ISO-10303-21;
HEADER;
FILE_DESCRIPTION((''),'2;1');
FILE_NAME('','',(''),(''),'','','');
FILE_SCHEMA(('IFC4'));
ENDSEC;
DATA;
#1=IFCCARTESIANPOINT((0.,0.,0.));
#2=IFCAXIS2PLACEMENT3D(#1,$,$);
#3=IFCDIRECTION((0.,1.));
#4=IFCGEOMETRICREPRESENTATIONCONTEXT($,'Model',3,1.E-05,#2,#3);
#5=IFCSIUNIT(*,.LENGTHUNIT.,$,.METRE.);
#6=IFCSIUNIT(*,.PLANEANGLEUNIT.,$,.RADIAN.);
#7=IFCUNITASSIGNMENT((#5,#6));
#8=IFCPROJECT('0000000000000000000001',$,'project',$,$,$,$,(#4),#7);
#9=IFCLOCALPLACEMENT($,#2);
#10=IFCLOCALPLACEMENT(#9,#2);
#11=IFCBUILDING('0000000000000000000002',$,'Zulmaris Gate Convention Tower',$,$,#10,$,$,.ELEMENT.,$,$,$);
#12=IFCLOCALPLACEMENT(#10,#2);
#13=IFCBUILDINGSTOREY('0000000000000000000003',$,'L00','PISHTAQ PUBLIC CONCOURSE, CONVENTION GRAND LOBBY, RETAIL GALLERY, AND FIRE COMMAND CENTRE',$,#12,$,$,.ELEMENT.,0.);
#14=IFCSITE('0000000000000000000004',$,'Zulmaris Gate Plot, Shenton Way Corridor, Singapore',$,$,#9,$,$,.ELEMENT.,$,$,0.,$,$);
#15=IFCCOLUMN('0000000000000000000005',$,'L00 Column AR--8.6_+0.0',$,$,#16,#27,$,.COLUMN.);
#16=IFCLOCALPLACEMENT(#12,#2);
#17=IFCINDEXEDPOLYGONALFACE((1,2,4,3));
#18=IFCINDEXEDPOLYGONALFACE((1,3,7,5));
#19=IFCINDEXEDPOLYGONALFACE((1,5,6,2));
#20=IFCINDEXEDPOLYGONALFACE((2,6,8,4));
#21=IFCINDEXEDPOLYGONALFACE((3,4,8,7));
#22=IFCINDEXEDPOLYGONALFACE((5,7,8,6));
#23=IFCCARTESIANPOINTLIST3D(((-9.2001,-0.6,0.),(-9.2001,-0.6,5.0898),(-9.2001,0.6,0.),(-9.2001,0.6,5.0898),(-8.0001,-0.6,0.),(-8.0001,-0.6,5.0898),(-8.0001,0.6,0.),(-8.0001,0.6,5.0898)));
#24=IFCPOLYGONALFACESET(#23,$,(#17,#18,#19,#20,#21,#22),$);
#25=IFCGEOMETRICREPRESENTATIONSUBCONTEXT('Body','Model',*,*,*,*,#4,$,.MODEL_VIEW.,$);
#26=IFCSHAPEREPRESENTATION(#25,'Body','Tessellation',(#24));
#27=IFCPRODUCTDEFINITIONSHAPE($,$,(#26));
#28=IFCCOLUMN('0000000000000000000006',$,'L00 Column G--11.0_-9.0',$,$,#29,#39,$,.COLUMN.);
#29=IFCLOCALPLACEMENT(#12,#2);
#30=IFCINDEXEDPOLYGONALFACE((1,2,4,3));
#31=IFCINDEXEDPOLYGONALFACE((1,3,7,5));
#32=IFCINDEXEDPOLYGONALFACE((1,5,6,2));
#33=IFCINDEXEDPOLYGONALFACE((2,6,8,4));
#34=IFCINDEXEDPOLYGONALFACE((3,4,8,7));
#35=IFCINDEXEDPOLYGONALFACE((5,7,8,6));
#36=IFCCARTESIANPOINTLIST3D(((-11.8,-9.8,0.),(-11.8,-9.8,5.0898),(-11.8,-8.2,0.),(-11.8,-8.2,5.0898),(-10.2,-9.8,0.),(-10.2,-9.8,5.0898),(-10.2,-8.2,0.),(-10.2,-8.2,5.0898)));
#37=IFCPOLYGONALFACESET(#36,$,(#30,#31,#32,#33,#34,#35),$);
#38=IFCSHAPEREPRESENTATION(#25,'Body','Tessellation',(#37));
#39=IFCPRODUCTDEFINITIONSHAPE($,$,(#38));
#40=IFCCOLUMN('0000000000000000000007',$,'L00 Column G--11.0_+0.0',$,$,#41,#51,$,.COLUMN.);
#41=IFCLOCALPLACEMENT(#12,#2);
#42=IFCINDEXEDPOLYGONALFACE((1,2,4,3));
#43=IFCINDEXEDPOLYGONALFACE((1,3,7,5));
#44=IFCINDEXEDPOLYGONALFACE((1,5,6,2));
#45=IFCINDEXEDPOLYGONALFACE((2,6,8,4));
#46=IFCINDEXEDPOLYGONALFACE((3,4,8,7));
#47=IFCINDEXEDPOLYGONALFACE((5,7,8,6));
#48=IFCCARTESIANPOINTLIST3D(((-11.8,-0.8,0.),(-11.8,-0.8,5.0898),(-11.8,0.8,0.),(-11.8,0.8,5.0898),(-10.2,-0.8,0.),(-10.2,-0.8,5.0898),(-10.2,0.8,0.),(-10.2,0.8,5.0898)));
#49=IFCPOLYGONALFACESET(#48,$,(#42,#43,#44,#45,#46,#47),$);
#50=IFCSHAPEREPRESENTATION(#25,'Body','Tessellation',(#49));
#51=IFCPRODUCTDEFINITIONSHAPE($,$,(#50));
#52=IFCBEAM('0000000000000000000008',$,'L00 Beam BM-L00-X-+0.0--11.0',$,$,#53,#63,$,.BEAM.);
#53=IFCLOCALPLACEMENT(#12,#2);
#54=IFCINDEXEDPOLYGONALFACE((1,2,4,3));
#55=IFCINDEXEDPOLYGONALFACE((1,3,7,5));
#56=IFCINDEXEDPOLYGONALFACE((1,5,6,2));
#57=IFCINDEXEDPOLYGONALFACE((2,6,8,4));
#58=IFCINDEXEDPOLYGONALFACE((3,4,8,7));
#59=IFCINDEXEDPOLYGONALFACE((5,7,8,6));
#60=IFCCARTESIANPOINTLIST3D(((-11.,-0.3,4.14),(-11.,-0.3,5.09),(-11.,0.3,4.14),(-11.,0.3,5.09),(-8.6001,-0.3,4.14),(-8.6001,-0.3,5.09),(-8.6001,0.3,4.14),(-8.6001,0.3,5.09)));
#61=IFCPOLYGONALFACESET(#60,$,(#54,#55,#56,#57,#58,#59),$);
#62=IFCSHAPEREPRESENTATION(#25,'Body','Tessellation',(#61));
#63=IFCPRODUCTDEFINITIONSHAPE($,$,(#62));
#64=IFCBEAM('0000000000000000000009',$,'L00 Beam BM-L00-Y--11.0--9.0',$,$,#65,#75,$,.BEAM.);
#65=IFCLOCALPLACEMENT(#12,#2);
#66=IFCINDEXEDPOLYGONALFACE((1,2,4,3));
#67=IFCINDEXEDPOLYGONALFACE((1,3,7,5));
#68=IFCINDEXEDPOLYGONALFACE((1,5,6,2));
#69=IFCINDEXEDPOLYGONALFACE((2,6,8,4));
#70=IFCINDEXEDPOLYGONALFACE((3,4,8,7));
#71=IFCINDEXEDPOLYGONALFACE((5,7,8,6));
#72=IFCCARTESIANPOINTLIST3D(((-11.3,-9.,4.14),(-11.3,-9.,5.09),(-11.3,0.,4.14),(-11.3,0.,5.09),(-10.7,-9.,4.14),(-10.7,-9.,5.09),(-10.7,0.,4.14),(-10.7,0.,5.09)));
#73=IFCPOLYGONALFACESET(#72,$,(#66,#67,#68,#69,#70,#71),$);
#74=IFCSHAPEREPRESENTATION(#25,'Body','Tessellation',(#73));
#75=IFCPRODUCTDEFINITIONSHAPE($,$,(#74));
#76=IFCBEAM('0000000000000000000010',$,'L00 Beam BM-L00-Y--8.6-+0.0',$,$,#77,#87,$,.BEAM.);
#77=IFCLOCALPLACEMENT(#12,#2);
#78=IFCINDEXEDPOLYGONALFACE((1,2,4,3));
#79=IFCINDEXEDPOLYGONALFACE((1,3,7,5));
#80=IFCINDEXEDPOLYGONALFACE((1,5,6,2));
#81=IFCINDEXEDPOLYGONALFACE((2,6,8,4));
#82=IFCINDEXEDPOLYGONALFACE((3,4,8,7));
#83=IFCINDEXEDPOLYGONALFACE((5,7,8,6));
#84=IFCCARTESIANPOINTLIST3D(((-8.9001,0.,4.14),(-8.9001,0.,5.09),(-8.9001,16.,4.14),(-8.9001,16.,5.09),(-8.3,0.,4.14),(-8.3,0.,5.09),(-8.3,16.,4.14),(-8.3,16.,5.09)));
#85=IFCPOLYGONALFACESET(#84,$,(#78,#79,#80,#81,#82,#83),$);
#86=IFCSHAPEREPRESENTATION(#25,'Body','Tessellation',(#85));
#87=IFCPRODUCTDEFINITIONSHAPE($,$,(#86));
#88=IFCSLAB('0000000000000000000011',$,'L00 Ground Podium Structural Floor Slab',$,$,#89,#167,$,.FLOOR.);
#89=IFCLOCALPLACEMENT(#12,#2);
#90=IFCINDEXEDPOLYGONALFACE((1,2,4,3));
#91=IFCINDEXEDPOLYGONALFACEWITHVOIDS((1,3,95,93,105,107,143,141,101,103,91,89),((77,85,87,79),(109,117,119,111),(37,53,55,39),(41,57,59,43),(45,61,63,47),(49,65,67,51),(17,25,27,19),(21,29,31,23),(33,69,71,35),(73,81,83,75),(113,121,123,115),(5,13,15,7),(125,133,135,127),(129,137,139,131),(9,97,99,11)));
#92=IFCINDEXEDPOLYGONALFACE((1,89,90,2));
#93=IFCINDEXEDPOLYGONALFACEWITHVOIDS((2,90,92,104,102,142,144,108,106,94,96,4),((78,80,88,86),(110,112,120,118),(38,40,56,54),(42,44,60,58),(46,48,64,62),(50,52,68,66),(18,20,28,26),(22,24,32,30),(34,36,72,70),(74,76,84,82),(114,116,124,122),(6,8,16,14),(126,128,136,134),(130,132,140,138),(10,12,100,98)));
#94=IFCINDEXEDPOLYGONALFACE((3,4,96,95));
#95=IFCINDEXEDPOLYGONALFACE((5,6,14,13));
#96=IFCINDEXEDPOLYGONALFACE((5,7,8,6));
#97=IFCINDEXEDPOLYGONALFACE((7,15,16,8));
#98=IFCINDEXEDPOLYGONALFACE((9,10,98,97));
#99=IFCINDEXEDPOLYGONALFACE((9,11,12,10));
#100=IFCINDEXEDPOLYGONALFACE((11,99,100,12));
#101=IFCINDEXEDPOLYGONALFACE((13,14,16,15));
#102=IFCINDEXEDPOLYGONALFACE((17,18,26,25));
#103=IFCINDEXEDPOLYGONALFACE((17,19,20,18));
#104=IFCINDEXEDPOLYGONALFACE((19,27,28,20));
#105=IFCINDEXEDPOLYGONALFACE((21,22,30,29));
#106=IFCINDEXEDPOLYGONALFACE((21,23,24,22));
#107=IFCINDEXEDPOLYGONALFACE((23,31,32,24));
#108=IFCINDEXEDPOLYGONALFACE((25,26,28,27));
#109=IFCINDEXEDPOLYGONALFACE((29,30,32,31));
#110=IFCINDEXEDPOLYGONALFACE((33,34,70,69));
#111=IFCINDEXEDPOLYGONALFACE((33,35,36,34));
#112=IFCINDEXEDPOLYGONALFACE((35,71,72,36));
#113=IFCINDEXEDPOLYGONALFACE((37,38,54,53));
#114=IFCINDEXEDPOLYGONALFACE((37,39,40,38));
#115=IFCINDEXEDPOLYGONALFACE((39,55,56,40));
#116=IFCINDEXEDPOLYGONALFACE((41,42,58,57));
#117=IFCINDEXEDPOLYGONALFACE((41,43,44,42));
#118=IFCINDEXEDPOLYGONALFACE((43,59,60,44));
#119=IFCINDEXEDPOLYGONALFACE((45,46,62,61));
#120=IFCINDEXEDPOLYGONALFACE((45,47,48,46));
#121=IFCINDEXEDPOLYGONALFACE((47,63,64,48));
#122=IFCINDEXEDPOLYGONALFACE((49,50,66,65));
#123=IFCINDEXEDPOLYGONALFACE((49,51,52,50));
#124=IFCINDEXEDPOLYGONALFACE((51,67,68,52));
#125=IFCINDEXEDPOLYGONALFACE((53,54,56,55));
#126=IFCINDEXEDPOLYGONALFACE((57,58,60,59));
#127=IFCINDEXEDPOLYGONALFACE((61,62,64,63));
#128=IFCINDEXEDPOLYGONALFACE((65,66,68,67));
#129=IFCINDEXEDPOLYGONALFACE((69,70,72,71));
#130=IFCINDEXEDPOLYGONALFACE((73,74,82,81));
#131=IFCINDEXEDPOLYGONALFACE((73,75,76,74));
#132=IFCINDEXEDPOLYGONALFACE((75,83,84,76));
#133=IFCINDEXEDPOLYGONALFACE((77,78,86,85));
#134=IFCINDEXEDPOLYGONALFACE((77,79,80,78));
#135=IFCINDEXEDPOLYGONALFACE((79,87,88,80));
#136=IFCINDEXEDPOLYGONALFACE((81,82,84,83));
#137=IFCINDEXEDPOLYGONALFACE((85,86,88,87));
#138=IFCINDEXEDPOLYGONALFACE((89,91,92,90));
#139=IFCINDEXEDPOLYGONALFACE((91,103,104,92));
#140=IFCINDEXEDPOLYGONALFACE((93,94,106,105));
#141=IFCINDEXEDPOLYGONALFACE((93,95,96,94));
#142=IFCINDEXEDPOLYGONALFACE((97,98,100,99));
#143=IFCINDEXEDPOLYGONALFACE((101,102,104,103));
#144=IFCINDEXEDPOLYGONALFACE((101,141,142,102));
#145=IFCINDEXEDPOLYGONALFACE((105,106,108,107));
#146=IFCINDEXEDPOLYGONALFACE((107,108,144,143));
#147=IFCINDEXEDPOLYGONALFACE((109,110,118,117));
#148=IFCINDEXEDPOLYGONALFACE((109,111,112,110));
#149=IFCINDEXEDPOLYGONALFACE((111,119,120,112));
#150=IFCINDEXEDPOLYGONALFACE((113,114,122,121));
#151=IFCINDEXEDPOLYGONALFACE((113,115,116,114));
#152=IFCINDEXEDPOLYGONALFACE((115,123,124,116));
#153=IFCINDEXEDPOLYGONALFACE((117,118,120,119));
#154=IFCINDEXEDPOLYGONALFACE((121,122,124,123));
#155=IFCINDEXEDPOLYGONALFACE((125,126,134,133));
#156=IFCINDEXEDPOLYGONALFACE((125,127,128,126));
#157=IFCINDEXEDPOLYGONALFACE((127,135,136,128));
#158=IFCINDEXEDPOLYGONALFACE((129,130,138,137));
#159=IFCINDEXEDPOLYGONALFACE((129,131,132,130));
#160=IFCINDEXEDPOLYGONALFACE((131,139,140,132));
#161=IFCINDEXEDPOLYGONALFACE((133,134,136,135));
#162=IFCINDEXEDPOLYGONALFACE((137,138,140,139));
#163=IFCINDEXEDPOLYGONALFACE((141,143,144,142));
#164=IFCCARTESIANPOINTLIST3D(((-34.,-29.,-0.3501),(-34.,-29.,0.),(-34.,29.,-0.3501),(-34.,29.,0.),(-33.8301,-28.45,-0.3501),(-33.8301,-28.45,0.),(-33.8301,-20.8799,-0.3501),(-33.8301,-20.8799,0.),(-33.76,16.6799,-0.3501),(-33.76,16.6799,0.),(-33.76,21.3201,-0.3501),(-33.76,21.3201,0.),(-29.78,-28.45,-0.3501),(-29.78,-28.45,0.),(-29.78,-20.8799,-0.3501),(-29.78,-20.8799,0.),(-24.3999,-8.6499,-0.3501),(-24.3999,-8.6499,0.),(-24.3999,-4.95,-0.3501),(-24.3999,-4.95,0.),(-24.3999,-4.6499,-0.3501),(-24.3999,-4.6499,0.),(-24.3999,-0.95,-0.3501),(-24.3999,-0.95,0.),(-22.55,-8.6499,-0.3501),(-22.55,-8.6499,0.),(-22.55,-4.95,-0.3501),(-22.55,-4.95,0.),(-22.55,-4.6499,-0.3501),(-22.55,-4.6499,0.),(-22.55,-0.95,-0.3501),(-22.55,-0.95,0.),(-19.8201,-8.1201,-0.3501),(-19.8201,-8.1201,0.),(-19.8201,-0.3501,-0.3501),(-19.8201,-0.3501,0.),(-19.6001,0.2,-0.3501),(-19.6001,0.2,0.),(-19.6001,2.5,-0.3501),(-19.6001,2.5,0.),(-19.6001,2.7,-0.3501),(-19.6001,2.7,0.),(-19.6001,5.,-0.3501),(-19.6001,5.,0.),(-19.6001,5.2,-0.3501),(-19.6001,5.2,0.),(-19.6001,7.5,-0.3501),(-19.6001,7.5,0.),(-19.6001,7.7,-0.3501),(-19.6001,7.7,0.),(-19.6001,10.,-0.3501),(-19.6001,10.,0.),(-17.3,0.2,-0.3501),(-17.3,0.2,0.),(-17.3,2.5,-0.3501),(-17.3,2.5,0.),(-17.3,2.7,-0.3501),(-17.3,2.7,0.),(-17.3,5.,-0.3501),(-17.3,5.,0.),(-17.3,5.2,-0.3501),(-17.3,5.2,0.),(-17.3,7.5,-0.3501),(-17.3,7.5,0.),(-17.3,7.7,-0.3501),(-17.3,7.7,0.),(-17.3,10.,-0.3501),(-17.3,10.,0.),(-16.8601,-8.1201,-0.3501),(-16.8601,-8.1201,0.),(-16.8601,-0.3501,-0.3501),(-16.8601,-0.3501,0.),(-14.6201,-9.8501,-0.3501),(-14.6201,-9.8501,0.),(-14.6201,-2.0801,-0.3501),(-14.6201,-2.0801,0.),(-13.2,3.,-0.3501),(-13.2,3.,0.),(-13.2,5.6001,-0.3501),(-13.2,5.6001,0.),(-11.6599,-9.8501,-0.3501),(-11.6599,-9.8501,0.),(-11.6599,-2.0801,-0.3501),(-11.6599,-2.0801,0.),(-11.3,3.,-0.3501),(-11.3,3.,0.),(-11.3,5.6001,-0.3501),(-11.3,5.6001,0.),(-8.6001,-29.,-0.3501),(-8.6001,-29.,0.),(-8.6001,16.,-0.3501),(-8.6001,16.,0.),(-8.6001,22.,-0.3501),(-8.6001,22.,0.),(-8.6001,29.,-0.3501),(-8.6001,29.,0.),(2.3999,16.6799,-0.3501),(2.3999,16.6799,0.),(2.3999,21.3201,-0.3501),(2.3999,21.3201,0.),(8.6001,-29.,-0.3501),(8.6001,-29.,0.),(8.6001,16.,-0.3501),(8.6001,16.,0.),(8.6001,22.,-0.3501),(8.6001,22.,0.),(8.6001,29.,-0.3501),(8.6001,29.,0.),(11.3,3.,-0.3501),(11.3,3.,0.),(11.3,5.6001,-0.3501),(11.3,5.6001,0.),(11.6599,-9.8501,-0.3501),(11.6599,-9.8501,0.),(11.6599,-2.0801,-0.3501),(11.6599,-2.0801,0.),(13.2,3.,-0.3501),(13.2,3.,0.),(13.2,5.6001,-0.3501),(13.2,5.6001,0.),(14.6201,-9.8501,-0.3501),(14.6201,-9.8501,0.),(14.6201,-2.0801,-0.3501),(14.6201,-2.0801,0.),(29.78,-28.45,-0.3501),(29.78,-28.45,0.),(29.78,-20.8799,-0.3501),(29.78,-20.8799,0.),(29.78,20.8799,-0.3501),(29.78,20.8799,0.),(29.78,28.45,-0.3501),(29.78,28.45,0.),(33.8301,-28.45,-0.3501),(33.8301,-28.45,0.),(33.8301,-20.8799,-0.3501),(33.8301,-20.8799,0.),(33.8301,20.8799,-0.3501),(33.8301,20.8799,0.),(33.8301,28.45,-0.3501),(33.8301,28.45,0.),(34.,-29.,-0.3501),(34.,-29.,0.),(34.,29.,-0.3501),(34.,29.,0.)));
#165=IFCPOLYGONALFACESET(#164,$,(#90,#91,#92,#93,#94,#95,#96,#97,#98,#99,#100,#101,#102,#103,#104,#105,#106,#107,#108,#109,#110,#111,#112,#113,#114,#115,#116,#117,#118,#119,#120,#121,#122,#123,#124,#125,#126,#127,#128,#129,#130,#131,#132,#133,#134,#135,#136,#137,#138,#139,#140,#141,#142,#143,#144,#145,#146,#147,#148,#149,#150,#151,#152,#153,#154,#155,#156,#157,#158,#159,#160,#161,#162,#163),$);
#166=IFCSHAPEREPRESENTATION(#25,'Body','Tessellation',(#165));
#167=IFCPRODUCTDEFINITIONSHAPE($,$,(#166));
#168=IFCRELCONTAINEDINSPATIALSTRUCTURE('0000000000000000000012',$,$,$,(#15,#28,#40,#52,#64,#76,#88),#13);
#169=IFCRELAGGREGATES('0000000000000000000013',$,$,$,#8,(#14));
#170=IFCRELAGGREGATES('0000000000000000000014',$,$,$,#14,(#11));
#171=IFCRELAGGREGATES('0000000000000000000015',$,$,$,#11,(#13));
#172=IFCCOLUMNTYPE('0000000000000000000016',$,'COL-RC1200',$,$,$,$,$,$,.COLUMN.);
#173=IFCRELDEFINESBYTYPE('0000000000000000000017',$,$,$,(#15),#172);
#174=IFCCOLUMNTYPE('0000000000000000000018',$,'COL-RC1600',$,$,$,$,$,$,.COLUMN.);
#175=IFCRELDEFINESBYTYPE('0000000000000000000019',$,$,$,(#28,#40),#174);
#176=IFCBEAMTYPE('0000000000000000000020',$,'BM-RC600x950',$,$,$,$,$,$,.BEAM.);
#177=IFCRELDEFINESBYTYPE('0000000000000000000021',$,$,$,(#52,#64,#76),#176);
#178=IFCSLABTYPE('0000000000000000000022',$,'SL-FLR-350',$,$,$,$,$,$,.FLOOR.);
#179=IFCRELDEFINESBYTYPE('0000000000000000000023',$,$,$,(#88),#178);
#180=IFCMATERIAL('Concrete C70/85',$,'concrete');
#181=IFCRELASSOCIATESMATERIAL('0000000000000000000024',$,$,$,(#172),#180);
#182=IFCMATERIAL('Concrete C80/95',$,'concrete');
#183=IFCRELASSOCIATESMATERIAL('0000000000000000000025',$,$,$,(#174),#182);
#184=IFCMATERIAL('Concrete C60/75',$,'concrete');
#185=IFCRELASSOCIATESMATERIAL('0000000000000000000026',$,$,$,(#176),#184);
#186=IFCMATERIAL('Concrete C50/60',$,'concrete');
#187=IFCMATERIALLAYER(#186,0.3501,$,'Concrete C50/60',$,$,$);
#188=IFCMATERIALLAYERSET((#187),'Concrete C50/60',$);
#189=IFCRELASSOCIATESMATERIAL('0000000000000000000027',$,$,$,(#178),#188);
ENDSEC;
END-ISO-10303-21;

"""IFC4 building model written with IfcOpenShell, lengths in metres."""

from ifc_helpers import new_model, si_unit, direction, frame, origin, origin_2d, place, context, subcontext, project, spatial, polyline, rectangle, outline, extrude, material, layer, layer_set, material_profile, profile_set, type_object, element, save


model = new_model("IFC4")

# Units and contexts
model_context = context("Model", 3, precision=1e-05, world=origin(), true_north=direction((0.0, 1.0)))
body_context = subcontext(model_context, "Body", "Model", "MODEL_VIEW")
ifc_project = project(units=[si_unit("LENGTHUNIT", "METRE"), si_unit("PLANEANGLEUNIT", "RADIAN")], contexts=[model_context])

# Site, building, storey
site_placement = place(None, origin())
site = spatial("IfcSite", under=ifc_project, at=site_placement, Name="Zulmaris Gate Plot, Shenton Way Corridor, Singapore", CompositionType="ELEMENT", RefElevation=0.0)
building_placement = place(site_placement, origin())
building = spatial("IfcBuilding", under=site, at=building_placement, Name="Zulmaris Gate Convention Tower", CompositionType="ELEMENT")
storey_placement = place(building_placement, origin())
storey = spatial("IfcBuildingStorey", under=building, at=storey_placement, Name="L00", Description="PISHTAQ PUBLIC CONCOURSE, CONVENTION GRAND LOBBY, RETAIL GALLERY, AND FIRE COMMAND CENTRE", CompositionType="ELEMENT", Elevation=0.0)

# Columns
ifc_material_1 = material(Name="Concrete C70/85", Category="concrete")
ifc_material_profile_1 = material_profile(ifc_material_1, rectangle(XDim=1.2, YDim=1.2, at=origin_2d()), Name="RC COL 1200x1200")
ifc_profile_set_1 = profile_set([ifc_material_profile_1], Name="Concrete C70/85")
column_type_1 = type_object("IfcColumnType", Name="COL-RC1200", PredefinedType="COLUMN", material=ifc_profile_set_1)
column_placement = place(storey_placement, frame((-8.6001, 0.0, 0.0), z_axis=(0.0, 0.0, 1.0), x_axis=(1.0, 0.0, 0.0)))
element("IfcColumn", 1, at=column_placement, inside=storey, type_object=column_type_1, Name="L00 Column AR--8.6_+0.0", PredefinedType="COLUMN", context=body_context, shape_type="SweptSolid", body=[
    extrude(rectangle(XDim=1.2, YDim=1.2, at=origin_2d()), origin(), (0.0, 0.0, 1.0), 5.0898),
])
ifc_material_2 = material(Name="Concrete C80/95", Category="concrete")
ifc_material_profile_2 = material_profile(ifc_material_2, rectangle(XDim=1.6001, YDim=1.6001, at=origin_2d()), Name="RC COL 1600x1600")
ifc_profile_set_2 = profile_set([ifc_material_profile_2], Name="Concrete C80/95")
column_type_2 = type_object("IfcColumnType", Name="COL-RC1600", PredefinedType="COLUMN", material=ifc_profile_set_2)
for number, where, z_axis, x_axis, name in (
    (2, (-11.0, -9.0, 0.0), (0.0, 0.0, 1.0), (1.0, 0.0, 0.0), "L00 Column G--11.0_-9.0"),
    (3, (-11.0, 0.0, 0.0), (0.0, 0.0, 1.0), (1.0, 0.0, 0.0), "L00 Column G--11.0_+0.0"),
):
    element("IfcColumn", number, at=place(storey_placement, frame(where, z_axis=z_axis, x_axis=x_axis)), inside=storey, type_object=column_type_2, Name=name, PredefinedType="COLUMN", context=body_context, shape_type="SweptSolid", body=[
        extrude(rectangle(XDim=1.6001, YDim=1.6001, at=origin_2d()), origin(), (0.0, 0.0, 1.0), 5.0898),
    ])

# Beams
ifc_material_3 = material(Name="Concrete C60/75", Category="concrete")
ifc_material_profile_3 = material_profile(ifc_material_3, rectangle(XDim=0.6001, YDim=0.95, at=origin_2d()), Name="RC BEAM 600x950")
ifc_profile_set_3 = profile_set([ifc_material_profile_3], Name="Concrete C60/75")
beam_type = type_object("IfcBeamType", Name="BM-RC600x950", PredefinedType="BEAM", material=ifc_profile_set_3)
beam_1_placement = place(storey_placement, frame((-11.0, 0.0, 4.615), z_axis=(1.0, 0.0, 0.0), x_axis=(0.0, 1.0, 0.0)))
element("IfcBeam", 4, at=beam_1_placement, inside=storey, type_object=beam_type, Name="L00 Beam BM-L00-X-+0.0--11.0", PredefinedType="BEAM", context=body_context, shape_type="SweptSolid", body=[
    extrude(rectangle(XDim=0.6001, YDim=0.95, at=origin_2d()), origin(), (0.0, 0.0, 1.0), 2.3999),
])
beam_2_placement = place(storey_placement, frame((-11.0, -9.0, 4.615), z_axis=(0.0, 1.0, 0.0), x_axis=(-1.0, 0.0, 0.0)))
element("IfcBeam", 5, at=beam_2_placement, inside=storey, type_object=beam_type, Name="L00 Beam BM-L00-Y--11.0--9.0", PredefinedType="BEAM", context=body_context, shape_type="SweptSolid", body=[
    extrude(rectangle(XDim=0.6001, YDim=0.95, at=origin_2d()), origin(), (0.0, 0.0, 1.0), 9.0),
])
beam_3_placement = place(storey_placement, frame((-8.6001, 0.0, 4.615), z_axis=(0.0, 1.0, 0.0), x_axis=(-1.0, 0.0, 0.0)))
element("IfcBeam", 6, at=beam_3_placement, inside=storey, type_object=beam_type, Name="L00 Beam BM-L00-Y--8.6-+0.0", PredefinedType="BEAM", context=body_context, shape_type="SweptSolid", body=[
    extrude(rectangle(XDim=0.6001, YDim=0.95, at=origin_2d()), origin(), (0.0, 0.0, 1.0), 16.0),
])

# Slab
ifc_material_4 = material(Name="Concrete C50/60", Category="concrete")
ifc_layer_1 = layer(ifc_material_4, 0.3501, Name="Concrete C50/60")
ifc_layer_set_1 = layer_set([ifc_layer_1], Name="Concrete C50/60")
slab_type_1 = type_object("IfcSlabType", Name="SL-FLR-350", PredefinedType="FLOOR", material=ifc_layer_set_1)
slab_1_placement = place(storey_placement, frame((0.0, 0.0, -0.3501)))
element("IfcSlab", 7, at=slab_1_placement, inside=storey, type_object=slab_type_1, Name="L00 Ground Podium Structural Floor Slab", PredefinedType="FLOOR", context=body_context, shape_type="SweptSolid", body=[
    extrude(outline(polyline([(-34.0, -29.0), (-8.6001, -29.0), (-8.6001, 16.0), (8.6001, 16.0), (8.6001, -29.0), (34.0, -29.0), (34.0, 29.0), (8.6001, 29.0), (8.6001, 22.0), (-8.6001, 22.0), (-8.6001, 29.0), (-34.0, 29.0), (-34.0, -29.0)]), holes=[polyline([(-14.6201, -2.0801), (-14.6201, -9.8501), (-11.6599, -9.8501), (-11.6599, -2.0801), (-14.6201, -2.0801)]), polyline([(11.6599, -2.0801), (11.6599, -9.8501), (14.6201, -9.8501), (14.6201, -2.0801), (11.6599, -2.0801)]), polyline([(-16.8601, -8.1201), (-16.8601, -0.3501), (-19.8201, -0.3501), (-19.8201, -8.1201), (-16.8601, -8.1201)]), polyline([(-33.8301, -20.8799), (-33.8301, -28.45), (-29.78, -28.45), (-29.78, -20.8799), (-33.8301, -20.8799)]), polyline([(33.8301, 20.8799), (33.8301, 28.45), (29.78, 28.45), (29.78, 20.8799), (33.8301, 20.8799)]), polyline([(29.78, -20.8799), (29.78, -28.45), (33.8301, -28.45), (33.8301, -20.8799), (29.78, -20.8799)]), polyline([(-13.2, 3.0), (-11.3, 3.0), (-11.3, 5.6001), (-13.2, 5.6001), (-13.2, 3.0)]), polyline([(11.3, 3.0), (13.2, 3.0), (13.2, 5.6001), (11.3, 5.6001), (11.3, 3.0)]), polyline([(-19.6001, 0.2), (-17.3, 0.2), (-17.3, 2.5), (-19.6001, 2.5), (-19.6001, 0.2)]), polyline([(-19.6001, 2.7), (-17.3, 2.7), (-17.3, 5.0), (-19.6001, 5.0), (-19.6001, 2.7)]), polyline([(-19.6001, 5.2), (-17.3, 5.2), (-17.3, 7.5), (-19.6001, 7.5), (-19.6001, 5.2)]), polyline([(-19.6001, 7.7), (-17.3, 7.7), (-17.3, 10.0), (-19.6001, 10.0), (-19.6001, 7.7)]), polyline([(-24.3999, -8.6499), (-22.55, -8.6499), (-22.55, -4.95), (-24.3999, -4.95), (-24.3999, -8.6499)]), polyline([(-24.3999, -4.6499), (-22.55, -4.6499), (-22.55, -0.95), (-24.3999, -0.95), (-24.3999, -4.6499)]), polyline([(-33.76, 16.6799), (2.3999, 16.6799), (2.3999, 21.3201), (-33.76, 21.3201), (-33.76, 16.6799)])]), origin(), (0.0, 0.0, 1.0), 0.3501),
])

save(model, "model.ifc")
